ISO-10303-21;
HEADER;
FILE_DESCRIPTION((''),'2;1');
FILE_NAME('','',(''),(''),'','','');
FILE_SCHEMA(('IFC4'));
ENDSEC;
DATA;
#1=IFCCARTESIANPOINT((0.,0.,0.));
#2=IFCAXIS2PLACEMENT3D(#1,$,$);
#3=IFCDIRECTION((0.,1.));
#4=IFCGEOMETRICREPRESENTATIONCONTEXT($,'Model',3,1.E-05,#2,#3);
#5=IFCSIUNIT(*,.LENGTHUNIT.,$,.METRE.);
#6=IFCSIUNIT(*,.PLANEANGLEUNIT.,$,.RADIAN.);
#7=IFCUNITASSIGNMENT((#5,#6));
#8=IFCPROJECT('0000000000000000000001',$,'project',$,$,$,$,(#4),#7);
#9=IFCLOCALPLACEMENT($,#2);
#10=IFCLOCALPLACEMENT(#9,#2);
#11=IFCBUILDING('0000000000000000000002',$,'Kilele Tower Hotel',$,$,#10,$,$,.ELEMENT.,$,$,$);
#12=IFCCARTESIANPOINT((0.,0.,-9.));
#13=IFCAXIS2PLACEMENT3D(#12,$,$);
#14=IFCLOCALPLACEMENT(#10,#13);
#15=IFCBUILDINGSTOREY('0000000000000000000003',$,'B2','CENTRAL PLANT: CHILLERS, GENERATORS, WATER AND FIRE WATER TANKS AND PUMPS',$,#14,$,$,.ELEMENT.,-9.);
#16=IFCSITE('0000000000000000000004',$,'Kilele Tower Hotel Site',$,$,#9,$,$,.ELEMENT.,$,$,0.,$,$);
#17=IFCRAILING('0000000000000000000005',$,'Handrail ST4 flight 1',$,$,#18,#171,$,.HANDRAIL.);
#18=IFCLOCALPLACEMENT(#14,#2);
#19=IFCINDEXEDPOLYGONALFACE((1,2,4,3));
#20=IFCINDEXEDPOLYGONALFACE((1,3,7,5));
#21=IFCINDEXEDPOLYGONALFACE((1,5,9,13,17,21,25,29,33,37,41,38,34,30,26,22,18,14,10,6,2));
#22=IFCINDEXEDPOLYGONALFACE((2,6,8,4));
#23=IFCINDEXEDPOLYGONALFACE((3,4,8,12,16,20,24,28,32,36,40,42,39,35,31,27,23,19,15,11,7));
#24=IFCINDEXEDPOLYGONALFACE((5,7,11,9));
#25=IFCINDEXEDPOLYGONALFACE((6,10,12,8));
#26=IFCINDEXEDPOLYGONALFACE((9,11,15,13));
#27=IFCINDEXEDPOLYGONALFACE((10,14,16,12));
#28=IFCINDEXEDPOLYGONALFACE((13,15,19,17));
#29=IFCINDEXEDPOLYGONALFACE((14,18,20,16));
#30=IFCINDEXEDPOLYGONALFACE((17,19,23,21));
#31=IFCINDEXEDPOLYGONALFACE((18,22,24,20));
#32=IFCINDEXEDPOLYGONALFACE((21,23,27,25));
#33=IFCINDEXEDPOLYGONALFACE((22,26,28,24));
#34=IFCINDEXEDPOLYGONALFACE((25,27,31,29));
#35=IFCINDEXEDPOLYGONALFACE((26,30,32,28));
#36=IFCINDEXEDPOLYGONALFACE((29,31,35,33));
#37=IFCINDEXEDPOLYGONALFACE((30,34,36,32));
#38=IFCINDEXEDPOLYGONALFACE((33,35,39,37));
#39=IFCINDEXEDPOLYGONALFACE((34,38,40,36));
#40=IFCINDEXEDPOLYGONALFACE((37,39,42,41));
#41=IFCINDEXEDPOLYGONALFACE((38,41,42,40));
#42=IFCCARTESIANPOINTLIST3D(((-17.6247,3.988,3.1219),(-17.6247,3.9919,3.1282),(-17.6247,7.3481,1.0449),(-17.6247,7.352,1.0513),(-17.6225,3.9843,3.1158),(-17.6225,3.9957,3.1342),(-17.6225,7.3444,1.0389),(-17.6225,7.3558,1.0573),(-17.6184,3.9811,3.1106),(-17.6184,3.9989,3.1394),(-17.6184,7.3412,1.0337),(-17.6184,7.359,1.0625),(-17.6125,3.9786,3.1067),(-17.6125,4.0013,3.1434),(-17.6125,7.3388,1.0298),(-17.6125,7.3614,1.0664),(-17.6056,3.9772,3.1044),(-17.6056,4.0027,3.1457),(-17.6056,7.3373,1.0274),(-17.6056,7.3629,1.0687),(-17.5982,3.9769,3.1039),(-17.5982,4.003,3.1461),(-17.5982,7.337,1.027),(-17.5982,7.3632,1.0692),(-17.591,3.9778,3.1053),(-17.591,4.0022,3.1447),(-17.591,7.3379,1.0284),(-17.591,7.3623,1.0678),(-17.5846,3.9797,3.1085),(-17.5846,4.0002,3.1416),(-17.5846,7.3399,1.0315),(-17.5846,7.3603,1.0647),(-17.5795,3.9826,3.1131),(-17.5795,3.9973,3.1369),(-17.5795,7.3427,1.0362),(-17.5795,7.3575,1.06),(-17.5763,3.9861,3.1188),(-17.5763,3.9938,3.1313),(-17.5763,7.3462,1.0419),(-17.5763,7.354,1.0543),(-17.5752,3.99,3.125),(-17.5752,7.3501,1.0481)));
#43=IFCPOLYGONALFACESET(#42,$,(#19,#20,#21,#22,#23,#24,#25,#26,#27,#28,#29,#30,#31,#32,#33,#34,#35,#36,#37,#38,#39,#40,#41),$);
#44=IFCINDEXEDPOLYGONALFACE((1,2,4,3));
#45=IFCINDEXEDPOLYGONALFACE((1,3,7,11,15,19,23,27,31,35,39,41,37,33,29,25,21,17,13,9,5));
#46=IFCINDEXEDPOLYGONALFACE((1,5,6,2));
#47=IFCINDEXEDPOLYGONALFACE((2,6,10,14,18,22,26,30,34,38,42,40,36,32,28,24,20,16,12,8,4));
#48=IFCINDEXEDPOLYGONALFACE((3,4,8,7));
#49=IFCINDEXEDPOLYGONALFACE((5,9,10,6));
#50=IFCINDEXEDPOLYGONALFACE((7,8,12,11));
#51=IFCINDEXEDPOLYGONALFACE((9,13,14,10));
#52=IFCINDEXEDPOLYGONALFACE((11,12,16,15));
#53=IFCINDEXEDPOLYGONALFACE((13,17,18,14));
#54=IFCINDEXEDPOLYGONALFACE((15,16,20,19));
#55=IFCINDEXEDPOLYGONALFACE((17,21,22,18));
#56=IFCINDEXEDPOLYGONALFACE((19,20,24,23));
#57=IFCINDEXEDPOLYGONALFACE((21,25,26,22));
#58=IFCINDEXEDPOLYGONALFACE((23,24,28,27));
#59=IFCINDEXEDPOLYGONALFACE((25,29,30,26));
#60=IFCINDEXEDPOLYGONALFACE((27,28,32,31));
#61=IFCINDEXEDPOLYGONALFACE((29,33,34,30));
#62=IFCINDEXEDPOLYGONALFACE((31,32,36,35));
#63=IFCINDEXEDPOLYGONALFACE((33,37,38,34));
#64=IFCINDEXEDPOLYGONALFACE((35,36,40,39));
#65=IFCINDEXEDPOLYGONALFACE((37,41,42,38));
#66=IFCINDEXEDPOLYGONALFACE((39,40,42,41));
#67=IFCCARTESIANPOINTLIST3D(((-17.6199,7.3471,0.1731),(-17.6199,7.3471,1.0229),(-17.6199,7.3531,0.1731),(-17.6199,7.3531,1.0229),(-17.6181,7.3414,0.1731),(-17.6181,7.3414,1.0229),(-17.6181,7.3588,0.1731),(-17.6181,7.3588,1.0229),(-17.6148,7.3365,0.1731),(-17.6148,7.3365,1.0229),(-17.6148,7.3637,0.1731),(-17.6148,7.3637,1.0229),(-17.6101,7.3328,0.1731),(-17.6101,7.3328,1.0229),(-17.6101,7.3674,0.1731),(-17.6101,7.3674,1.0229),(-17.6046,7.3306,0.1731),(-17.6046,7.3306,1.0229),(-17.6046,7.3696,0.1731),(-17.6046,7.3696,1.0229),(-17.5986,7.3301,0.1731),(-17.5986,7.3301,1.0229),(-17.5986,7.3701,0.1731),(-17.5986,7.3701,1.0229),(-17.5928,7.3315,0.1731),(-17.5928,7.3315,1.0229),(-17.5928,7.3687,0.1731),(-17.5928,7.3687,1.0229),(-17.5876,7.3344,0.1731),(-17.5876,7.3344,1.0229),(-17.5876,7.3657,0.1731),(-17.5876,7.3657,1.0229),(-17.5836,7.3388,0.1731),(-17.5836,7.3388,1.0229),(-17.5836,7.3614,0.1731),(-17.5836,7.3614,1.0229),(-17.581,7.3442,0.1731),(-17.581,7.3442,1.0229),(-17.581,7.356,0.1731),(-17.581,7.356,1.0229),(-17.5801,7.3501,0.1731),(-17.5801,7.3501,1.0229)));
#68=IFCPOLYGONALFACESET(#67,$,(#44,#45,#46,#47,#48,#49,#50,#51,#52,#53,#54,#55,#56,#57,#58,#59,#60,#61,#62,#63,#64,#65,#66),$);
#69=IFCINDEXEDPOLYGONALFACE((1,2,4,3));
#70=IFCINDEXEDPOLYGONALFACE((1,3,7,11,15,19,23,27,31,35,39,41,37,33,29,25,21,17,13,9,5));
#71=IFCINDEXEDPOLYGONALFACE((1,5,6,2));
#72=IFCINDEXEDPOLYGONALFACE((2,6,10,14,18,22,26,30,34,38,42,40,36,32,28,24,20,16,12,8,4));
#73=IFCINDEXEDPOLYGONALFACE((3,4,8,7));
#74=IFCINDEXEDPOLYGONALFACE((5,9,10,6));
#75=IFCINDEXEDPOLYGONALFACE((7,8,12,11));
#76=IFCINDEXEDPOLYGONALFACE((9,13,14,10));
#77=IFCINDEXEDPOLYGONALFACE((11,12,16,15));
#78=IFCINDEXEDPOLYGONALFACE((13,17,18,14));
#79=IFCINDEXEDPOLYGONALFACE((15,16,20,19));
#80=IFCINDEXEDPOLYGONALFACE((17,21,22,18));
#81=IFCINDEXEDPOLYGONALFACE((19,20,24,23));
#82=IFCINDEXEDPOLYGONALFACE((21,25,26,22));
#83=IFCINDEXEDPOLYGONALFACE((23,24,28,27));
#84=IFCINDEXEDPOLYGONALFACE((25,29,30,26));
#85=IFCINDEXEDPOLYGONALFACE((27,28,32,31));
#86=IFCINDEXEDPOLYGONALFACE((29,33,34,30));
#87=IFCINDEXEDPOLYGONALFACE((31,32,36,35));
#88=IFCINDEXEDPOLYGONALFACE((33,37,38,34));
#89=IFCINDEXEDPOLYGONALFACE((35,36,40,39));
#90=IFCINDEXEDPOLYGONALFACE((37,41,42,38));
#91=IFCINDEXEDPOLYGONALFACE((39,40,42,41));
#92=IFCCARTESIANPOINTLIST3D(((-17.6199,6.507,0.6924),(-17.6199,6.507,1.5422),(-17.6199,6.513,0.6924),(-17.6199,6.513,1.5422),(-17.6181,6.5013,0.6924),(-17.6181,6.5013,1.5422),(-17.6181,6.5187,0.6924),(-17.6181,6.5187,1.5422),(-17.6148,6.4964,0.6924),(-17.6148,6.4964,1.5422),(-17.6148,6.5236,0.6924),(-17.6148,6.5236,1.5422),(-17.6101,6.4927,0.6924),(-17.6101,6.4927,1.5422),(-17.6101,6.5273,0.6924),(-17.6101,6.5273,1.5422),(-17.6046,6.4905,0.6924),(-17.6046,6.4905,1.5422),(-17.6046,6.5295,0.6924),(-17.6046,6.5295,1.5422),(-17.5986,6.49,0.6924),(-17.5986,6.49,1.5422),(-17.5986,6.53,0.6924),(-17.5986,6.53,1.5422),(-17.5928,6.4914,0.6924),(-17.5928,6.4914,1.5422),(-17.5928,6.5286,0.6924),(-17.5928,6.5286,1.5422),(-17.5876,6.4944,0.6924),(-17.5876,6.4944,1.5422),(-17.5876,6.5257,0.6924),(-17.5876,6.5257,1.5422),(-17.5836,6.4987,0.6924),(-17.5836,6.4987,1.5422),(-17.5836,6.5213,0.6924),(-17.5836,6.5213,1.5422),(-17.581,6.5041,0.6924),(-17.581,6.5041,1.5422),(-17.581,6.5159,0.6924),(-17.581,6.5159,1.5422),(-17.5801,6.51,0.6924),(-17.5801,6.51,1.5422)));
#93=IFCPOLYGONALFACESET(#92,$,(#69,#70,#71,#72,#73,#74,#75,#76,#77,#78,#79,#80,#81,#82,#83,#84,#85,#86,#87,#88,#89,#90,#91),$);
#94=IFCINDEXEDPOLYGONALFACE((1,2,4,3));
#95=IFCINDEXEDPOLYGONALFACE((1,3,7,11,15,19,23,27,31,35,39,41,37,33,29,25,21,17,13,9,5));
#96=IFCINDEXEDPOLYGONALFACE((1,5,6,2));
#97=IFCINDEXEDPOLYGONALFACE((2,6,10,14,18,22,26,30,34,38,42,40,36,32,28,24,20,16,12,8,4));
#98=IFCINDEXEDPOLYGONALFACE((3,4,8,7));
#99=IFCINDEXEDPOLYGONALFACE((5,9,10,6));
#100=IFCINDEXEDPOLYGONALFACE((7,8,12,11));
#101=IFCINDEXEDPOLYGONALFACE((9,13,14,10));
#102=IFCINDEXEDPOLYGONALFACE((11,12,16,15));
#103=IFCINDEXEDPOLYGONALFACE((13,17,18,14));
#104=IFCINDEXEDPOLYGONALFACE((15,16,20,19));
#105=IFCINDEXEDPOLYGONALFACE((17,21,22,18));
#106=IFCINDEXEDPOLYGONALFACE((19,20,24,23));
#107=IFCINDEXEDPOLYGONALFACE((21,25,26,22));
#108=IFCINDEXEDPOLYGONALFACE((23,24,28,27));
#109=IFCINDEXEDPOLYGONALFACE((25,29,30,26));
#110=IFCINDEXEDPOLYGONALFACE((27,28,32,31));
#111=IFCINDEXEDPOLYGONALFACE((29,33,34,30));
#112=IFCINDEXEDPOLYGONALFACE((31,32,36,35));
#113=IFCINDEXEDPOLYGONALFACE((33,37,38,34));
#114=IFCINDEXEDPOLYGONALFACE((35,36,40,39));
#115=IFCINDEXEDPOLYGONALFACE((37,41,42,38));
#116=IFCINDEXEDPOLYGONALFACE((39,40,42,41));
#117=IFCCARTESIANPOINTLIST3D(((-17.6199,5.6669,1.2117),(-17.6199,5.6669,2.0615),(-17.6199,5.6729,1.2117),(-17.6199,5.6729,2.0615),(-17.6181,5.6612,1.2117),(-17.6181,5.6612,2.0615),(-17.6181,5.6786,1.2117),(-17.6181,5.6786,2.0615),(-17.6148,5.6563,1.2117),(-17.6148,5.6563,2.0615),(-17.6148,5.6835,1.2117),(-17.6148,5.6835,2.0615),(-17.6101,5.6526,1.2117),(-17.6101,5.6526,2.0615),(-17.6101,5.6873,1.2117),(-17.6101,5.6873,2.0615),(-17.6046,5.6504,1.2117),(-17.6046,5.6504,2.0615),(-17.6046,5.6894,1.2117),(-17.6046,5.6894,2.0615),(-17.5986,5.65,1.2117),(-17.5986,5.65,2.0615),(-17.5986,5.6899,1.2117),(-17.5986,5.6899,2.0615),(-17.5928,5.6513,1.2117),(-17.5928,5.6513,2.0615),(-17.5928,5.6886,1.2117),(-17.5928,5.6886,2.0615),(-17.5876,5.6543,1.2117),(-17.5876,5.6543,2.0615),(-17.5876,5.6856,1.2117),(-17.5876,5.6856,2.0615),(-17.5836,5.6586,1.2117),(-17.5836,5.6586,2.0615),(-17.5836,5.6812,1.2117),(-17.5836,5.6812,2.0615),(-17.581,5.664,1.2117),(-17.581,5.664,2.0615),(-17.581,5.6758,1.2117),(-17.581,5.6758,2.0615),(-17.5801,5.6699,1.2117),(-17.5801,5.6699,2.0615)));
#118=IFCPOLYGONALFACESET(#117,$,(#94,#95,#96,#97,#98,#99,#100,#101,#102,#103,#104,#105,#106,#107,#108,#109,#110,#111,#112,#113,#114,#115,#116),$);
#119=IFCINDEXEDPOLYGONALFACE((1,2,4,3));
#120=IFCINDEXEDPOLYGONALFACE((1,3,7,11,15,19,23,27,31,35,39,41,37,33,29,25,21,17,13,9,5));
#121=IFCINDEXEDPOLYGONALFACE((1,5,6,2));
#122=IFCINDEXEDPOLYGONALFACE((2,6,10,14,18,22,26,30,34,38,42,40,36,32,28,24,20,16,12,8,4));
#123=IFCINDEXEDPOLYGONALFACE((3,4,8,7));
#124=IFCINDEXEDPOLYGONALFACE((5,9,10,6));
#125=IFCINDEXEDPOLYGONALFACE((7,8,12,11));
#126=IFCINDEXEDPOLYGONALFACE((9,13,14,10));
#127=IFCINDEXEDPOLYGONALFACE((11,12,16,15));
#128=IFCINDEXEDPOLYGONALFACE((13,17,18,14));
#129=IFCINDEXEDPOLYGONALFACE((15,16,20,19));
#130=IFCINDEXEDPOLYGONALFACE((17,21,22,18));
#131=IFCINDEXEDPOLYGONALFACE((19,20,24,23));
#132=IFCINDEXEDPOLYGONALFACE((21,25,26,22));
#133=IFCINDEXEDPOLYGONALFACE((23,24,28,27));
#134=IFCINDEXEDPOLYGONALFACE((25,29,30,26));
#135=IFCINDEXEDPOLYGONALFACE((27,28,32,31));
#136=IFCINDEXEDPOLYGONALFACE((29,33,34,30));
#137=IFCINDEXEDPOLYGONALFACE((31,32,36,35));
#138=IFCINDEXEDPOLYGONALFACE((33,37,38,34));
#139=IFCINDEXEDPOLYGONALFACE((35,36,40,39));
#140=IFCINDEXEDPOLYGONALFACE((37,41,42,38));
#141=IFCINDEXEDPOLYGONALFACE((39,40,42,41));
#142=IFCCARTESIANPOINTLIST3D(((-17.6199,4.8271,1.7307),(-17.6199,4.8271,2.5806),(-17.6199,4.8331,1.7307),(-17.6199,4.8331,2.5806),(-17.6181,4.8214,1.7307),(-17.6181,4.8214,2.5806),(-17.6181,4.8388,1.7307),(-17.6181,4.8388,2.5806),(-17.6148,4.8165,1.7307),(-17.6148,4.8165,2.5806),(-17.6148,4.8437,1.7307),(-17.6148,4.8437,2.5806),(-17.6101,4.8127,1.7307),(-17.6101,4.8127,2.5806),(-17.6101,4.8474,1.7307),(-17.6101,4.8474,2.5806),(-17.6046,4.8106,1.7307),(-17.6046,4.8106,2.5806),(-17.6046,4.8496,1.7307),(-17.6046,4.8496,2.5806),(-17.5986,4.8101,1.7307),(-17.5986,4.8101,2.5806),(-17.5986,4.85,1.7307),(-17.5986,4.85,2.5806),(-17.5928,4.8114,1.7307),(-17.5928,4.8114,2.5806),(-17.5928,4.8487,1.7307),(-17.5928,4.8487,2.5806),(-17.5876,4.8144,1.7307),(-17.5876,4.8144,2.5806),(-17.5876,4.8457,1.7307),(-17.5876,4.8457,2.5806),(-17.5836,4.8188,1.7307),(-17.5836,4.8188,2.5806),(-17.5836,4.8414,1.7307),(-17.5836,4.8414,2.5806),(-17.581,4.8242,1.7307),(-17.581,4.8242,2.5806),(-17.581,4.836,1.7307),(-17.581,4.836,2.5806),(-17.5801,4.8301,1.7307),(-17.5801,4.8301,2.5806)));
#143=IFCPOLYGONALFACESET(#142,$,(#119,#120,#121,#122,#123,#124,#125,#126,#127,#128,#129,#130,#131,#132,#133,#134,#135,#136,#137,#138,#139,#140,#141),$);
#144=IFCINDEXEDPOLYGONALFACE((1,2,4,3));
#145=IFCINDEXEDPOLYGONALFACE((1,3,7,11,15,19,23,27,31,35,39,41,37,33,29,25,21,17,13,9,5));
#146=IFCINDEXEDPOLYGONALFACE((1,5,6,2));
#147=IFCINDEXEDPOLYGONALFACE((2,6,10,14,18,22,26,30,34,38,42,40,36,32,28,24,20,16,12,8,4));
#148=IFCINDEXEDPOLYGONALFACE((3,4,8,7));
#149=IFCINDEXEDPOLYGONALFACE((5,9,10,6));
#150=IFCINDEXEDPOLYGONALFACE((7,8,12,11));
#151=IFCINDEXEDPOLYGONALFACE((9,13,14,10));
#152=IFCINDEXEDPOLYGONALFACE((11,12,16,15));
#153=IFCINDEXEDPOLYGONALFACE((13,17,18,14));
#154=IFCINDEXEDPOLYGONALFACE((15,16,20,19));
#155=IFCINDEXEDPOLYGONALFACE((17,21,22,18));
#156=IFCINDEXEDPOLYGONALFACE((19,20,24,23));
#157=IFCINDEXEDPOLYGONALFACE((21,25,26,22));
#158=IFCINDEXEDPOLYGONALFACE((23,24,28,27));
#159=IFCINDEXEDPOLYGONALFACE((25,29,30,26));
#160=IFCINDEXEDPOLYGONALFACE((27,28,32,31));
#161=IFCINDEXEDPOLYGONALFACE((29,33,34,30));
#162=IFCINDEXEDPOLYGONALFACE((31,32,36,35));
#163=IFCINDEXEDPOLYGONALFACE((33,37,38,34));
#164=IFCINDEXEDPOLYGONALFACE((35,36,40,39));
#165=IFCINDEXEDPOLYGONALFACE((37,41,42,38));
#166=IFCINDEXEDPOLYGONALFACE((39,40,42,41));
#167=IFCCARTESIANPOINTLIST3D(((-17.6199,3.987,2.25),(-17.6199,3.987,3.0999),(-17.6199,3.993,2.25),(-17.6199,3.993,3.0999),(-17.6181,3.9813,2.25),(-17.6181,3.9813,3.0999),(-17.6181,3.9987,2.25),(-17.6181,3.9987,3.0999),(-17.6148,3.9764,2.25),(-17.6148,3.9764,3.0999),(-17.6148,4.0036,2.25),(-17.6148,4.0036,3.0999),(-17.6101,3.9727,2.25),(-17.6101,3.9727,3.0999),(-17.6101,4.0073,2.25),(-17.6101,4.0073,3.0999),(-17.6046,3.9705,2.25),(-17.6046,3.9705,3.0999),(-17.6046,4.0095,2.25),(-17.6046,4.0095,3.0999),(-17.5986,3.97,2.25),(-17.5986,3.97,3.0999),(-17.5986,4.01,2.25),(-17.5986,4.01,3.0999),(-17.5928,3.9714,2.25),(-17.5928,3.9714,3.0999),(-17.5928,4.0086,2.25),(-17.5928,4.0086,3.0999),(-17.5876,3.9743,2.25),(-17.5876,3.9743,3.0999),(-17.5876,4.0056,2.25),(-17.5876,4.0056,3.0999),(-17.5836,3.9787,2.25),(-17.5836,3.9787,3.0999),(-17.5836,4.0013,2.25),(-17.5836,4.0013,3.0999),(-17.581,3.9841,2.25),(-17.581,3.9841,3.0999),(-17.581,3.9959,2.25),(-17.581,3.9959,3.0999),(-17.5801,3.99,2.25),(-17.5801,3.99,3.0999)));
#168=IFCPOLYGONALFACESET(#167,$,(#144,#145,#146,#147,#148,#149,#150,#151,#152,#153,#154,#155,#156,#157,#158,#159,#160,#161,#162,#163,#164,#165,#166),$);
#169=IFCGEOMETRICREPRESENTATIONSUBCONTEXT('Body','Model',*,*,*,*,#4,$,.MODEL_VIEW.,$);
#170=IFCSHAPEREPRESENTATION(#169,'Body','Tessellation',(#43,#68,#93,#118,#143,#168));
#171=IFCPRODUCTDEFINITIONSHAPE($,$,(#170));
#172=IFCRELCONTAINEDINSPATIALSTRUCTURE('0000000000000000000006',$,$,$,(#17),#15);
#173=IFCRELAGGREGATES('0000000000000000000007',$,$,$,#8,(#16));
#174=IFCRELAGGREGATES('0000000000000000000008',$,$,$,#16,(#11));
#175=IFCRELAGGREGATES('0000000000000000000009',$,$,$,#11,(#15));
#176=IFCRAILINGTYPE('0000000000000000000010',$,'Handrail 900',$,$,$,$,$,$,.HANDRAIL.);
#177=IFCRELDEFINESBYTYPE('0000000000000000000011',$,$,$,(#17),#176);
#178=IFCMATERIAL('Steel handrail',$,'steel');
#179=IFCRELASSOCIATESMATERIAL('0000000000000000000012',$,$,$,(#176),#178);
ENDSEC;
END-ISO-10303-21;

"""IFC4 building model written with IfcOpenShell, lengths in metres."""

from ifc_helpers import new_model, si_unit, direction, frame, origin, origin_2d, place, context, subcontext, project, spatial, circle, extrude, material, type_object, element, save


model = new_model("IFC4")

# Units and contexts
model_context = context("Model", 3, precision=1e-05, world=origin(), true_north=direction((0.0, 1.0)))
body_context = subcontext(model_context, "Body", "Model", "MODEL_VIEW")
ifc_project = project(units=[si_unit("LENGTHUNIT", "METRE"), si_unit("PLANEANGLEUNIT", "RADIAN")], contexts=[model_context])

# Site, building, storey
site_placement = place(None, origin())
site = spatial("IfcSite", under=ifc_project, at=site_placement, Name="Kilele Tower Hotel Site", CompositionType="ELEMENT", RefElevation=0.0)
building_placement = place(site_placement, origin())
building = spatial("IfcBuilding", under=site, at=building_placement, Name="Kilele Tower Hotel", CompositionType="ELEMENT")
storey_placement = place(building_placement, frame((0.0, 0.0, -9.0)))
storey = spatial("IfcBuildingStorey", under=building, at=storey_placement, Name="B2", Description="CENTRAL PLANT: CHILLERS, GENERATORS, WATER AND FIRE WATER TANKS AND PUMPS", CompositionType="ELEMENT", Elevation=-9.0)

# Railing
ifc_material_1 = material(Name="Steel handrail", Category="steel")
railing_type_1 = type_object("IfcRailingType", Name="Handrail 900", PredefinedType="HANDRAIL", material=ifc_material_1)
for number, where, name in (
    (1, (-17.6001, 7.3501, 0.1731), "Handrail ST4 flight 1"),
):
    element("IfcRailing", number, at=place(storey_placement, frame(where)), inside=storey, type_object=railing_type_1, Name=name, PredefinedType="HANDRAIL", context=body_context, shape_type="SweptSolid", body=[
        extrude(circle(Radius=0.0249, at=origin_2d()), frame((0.0, 0.0, 0.875), z_axis=(0.0, -0.850623, 0.525776), x_axis=(1.0, 0.0, 0.0)), (0.0, 0.0, 1.0), 3.9502),
        extrude(circle(Radius=0.02, at=origin_2d()), origin(), (0.0, 0.0, 1.0), 0.8499),
        extrude(circle(Radius=0.02, at=origin_2d()), frame((0.0, -0.8401, 0.5193)), (0.0, 0.0, 1.0), 0.8499),
        extrude(circle(Radius=0.02, at=origin_2d()), frame((0.0, -1.6802, 1.0386)), (0.0, 0.0, 1.0), 0.8499),
        extrude(circle(Radius=0.02, at=origin_2d()), frame((0.0, -2.52, 1.5576)), (0.0, 0.0, 1.0), 0.8499),
        extrude(circle(Radius=0.02, at=origin_2d()), frame((0.0, -3.3601, 2.0769)), (0.0, 0.0, 1.0), 0.8499),
    ])

save(model, "model.ifc")
